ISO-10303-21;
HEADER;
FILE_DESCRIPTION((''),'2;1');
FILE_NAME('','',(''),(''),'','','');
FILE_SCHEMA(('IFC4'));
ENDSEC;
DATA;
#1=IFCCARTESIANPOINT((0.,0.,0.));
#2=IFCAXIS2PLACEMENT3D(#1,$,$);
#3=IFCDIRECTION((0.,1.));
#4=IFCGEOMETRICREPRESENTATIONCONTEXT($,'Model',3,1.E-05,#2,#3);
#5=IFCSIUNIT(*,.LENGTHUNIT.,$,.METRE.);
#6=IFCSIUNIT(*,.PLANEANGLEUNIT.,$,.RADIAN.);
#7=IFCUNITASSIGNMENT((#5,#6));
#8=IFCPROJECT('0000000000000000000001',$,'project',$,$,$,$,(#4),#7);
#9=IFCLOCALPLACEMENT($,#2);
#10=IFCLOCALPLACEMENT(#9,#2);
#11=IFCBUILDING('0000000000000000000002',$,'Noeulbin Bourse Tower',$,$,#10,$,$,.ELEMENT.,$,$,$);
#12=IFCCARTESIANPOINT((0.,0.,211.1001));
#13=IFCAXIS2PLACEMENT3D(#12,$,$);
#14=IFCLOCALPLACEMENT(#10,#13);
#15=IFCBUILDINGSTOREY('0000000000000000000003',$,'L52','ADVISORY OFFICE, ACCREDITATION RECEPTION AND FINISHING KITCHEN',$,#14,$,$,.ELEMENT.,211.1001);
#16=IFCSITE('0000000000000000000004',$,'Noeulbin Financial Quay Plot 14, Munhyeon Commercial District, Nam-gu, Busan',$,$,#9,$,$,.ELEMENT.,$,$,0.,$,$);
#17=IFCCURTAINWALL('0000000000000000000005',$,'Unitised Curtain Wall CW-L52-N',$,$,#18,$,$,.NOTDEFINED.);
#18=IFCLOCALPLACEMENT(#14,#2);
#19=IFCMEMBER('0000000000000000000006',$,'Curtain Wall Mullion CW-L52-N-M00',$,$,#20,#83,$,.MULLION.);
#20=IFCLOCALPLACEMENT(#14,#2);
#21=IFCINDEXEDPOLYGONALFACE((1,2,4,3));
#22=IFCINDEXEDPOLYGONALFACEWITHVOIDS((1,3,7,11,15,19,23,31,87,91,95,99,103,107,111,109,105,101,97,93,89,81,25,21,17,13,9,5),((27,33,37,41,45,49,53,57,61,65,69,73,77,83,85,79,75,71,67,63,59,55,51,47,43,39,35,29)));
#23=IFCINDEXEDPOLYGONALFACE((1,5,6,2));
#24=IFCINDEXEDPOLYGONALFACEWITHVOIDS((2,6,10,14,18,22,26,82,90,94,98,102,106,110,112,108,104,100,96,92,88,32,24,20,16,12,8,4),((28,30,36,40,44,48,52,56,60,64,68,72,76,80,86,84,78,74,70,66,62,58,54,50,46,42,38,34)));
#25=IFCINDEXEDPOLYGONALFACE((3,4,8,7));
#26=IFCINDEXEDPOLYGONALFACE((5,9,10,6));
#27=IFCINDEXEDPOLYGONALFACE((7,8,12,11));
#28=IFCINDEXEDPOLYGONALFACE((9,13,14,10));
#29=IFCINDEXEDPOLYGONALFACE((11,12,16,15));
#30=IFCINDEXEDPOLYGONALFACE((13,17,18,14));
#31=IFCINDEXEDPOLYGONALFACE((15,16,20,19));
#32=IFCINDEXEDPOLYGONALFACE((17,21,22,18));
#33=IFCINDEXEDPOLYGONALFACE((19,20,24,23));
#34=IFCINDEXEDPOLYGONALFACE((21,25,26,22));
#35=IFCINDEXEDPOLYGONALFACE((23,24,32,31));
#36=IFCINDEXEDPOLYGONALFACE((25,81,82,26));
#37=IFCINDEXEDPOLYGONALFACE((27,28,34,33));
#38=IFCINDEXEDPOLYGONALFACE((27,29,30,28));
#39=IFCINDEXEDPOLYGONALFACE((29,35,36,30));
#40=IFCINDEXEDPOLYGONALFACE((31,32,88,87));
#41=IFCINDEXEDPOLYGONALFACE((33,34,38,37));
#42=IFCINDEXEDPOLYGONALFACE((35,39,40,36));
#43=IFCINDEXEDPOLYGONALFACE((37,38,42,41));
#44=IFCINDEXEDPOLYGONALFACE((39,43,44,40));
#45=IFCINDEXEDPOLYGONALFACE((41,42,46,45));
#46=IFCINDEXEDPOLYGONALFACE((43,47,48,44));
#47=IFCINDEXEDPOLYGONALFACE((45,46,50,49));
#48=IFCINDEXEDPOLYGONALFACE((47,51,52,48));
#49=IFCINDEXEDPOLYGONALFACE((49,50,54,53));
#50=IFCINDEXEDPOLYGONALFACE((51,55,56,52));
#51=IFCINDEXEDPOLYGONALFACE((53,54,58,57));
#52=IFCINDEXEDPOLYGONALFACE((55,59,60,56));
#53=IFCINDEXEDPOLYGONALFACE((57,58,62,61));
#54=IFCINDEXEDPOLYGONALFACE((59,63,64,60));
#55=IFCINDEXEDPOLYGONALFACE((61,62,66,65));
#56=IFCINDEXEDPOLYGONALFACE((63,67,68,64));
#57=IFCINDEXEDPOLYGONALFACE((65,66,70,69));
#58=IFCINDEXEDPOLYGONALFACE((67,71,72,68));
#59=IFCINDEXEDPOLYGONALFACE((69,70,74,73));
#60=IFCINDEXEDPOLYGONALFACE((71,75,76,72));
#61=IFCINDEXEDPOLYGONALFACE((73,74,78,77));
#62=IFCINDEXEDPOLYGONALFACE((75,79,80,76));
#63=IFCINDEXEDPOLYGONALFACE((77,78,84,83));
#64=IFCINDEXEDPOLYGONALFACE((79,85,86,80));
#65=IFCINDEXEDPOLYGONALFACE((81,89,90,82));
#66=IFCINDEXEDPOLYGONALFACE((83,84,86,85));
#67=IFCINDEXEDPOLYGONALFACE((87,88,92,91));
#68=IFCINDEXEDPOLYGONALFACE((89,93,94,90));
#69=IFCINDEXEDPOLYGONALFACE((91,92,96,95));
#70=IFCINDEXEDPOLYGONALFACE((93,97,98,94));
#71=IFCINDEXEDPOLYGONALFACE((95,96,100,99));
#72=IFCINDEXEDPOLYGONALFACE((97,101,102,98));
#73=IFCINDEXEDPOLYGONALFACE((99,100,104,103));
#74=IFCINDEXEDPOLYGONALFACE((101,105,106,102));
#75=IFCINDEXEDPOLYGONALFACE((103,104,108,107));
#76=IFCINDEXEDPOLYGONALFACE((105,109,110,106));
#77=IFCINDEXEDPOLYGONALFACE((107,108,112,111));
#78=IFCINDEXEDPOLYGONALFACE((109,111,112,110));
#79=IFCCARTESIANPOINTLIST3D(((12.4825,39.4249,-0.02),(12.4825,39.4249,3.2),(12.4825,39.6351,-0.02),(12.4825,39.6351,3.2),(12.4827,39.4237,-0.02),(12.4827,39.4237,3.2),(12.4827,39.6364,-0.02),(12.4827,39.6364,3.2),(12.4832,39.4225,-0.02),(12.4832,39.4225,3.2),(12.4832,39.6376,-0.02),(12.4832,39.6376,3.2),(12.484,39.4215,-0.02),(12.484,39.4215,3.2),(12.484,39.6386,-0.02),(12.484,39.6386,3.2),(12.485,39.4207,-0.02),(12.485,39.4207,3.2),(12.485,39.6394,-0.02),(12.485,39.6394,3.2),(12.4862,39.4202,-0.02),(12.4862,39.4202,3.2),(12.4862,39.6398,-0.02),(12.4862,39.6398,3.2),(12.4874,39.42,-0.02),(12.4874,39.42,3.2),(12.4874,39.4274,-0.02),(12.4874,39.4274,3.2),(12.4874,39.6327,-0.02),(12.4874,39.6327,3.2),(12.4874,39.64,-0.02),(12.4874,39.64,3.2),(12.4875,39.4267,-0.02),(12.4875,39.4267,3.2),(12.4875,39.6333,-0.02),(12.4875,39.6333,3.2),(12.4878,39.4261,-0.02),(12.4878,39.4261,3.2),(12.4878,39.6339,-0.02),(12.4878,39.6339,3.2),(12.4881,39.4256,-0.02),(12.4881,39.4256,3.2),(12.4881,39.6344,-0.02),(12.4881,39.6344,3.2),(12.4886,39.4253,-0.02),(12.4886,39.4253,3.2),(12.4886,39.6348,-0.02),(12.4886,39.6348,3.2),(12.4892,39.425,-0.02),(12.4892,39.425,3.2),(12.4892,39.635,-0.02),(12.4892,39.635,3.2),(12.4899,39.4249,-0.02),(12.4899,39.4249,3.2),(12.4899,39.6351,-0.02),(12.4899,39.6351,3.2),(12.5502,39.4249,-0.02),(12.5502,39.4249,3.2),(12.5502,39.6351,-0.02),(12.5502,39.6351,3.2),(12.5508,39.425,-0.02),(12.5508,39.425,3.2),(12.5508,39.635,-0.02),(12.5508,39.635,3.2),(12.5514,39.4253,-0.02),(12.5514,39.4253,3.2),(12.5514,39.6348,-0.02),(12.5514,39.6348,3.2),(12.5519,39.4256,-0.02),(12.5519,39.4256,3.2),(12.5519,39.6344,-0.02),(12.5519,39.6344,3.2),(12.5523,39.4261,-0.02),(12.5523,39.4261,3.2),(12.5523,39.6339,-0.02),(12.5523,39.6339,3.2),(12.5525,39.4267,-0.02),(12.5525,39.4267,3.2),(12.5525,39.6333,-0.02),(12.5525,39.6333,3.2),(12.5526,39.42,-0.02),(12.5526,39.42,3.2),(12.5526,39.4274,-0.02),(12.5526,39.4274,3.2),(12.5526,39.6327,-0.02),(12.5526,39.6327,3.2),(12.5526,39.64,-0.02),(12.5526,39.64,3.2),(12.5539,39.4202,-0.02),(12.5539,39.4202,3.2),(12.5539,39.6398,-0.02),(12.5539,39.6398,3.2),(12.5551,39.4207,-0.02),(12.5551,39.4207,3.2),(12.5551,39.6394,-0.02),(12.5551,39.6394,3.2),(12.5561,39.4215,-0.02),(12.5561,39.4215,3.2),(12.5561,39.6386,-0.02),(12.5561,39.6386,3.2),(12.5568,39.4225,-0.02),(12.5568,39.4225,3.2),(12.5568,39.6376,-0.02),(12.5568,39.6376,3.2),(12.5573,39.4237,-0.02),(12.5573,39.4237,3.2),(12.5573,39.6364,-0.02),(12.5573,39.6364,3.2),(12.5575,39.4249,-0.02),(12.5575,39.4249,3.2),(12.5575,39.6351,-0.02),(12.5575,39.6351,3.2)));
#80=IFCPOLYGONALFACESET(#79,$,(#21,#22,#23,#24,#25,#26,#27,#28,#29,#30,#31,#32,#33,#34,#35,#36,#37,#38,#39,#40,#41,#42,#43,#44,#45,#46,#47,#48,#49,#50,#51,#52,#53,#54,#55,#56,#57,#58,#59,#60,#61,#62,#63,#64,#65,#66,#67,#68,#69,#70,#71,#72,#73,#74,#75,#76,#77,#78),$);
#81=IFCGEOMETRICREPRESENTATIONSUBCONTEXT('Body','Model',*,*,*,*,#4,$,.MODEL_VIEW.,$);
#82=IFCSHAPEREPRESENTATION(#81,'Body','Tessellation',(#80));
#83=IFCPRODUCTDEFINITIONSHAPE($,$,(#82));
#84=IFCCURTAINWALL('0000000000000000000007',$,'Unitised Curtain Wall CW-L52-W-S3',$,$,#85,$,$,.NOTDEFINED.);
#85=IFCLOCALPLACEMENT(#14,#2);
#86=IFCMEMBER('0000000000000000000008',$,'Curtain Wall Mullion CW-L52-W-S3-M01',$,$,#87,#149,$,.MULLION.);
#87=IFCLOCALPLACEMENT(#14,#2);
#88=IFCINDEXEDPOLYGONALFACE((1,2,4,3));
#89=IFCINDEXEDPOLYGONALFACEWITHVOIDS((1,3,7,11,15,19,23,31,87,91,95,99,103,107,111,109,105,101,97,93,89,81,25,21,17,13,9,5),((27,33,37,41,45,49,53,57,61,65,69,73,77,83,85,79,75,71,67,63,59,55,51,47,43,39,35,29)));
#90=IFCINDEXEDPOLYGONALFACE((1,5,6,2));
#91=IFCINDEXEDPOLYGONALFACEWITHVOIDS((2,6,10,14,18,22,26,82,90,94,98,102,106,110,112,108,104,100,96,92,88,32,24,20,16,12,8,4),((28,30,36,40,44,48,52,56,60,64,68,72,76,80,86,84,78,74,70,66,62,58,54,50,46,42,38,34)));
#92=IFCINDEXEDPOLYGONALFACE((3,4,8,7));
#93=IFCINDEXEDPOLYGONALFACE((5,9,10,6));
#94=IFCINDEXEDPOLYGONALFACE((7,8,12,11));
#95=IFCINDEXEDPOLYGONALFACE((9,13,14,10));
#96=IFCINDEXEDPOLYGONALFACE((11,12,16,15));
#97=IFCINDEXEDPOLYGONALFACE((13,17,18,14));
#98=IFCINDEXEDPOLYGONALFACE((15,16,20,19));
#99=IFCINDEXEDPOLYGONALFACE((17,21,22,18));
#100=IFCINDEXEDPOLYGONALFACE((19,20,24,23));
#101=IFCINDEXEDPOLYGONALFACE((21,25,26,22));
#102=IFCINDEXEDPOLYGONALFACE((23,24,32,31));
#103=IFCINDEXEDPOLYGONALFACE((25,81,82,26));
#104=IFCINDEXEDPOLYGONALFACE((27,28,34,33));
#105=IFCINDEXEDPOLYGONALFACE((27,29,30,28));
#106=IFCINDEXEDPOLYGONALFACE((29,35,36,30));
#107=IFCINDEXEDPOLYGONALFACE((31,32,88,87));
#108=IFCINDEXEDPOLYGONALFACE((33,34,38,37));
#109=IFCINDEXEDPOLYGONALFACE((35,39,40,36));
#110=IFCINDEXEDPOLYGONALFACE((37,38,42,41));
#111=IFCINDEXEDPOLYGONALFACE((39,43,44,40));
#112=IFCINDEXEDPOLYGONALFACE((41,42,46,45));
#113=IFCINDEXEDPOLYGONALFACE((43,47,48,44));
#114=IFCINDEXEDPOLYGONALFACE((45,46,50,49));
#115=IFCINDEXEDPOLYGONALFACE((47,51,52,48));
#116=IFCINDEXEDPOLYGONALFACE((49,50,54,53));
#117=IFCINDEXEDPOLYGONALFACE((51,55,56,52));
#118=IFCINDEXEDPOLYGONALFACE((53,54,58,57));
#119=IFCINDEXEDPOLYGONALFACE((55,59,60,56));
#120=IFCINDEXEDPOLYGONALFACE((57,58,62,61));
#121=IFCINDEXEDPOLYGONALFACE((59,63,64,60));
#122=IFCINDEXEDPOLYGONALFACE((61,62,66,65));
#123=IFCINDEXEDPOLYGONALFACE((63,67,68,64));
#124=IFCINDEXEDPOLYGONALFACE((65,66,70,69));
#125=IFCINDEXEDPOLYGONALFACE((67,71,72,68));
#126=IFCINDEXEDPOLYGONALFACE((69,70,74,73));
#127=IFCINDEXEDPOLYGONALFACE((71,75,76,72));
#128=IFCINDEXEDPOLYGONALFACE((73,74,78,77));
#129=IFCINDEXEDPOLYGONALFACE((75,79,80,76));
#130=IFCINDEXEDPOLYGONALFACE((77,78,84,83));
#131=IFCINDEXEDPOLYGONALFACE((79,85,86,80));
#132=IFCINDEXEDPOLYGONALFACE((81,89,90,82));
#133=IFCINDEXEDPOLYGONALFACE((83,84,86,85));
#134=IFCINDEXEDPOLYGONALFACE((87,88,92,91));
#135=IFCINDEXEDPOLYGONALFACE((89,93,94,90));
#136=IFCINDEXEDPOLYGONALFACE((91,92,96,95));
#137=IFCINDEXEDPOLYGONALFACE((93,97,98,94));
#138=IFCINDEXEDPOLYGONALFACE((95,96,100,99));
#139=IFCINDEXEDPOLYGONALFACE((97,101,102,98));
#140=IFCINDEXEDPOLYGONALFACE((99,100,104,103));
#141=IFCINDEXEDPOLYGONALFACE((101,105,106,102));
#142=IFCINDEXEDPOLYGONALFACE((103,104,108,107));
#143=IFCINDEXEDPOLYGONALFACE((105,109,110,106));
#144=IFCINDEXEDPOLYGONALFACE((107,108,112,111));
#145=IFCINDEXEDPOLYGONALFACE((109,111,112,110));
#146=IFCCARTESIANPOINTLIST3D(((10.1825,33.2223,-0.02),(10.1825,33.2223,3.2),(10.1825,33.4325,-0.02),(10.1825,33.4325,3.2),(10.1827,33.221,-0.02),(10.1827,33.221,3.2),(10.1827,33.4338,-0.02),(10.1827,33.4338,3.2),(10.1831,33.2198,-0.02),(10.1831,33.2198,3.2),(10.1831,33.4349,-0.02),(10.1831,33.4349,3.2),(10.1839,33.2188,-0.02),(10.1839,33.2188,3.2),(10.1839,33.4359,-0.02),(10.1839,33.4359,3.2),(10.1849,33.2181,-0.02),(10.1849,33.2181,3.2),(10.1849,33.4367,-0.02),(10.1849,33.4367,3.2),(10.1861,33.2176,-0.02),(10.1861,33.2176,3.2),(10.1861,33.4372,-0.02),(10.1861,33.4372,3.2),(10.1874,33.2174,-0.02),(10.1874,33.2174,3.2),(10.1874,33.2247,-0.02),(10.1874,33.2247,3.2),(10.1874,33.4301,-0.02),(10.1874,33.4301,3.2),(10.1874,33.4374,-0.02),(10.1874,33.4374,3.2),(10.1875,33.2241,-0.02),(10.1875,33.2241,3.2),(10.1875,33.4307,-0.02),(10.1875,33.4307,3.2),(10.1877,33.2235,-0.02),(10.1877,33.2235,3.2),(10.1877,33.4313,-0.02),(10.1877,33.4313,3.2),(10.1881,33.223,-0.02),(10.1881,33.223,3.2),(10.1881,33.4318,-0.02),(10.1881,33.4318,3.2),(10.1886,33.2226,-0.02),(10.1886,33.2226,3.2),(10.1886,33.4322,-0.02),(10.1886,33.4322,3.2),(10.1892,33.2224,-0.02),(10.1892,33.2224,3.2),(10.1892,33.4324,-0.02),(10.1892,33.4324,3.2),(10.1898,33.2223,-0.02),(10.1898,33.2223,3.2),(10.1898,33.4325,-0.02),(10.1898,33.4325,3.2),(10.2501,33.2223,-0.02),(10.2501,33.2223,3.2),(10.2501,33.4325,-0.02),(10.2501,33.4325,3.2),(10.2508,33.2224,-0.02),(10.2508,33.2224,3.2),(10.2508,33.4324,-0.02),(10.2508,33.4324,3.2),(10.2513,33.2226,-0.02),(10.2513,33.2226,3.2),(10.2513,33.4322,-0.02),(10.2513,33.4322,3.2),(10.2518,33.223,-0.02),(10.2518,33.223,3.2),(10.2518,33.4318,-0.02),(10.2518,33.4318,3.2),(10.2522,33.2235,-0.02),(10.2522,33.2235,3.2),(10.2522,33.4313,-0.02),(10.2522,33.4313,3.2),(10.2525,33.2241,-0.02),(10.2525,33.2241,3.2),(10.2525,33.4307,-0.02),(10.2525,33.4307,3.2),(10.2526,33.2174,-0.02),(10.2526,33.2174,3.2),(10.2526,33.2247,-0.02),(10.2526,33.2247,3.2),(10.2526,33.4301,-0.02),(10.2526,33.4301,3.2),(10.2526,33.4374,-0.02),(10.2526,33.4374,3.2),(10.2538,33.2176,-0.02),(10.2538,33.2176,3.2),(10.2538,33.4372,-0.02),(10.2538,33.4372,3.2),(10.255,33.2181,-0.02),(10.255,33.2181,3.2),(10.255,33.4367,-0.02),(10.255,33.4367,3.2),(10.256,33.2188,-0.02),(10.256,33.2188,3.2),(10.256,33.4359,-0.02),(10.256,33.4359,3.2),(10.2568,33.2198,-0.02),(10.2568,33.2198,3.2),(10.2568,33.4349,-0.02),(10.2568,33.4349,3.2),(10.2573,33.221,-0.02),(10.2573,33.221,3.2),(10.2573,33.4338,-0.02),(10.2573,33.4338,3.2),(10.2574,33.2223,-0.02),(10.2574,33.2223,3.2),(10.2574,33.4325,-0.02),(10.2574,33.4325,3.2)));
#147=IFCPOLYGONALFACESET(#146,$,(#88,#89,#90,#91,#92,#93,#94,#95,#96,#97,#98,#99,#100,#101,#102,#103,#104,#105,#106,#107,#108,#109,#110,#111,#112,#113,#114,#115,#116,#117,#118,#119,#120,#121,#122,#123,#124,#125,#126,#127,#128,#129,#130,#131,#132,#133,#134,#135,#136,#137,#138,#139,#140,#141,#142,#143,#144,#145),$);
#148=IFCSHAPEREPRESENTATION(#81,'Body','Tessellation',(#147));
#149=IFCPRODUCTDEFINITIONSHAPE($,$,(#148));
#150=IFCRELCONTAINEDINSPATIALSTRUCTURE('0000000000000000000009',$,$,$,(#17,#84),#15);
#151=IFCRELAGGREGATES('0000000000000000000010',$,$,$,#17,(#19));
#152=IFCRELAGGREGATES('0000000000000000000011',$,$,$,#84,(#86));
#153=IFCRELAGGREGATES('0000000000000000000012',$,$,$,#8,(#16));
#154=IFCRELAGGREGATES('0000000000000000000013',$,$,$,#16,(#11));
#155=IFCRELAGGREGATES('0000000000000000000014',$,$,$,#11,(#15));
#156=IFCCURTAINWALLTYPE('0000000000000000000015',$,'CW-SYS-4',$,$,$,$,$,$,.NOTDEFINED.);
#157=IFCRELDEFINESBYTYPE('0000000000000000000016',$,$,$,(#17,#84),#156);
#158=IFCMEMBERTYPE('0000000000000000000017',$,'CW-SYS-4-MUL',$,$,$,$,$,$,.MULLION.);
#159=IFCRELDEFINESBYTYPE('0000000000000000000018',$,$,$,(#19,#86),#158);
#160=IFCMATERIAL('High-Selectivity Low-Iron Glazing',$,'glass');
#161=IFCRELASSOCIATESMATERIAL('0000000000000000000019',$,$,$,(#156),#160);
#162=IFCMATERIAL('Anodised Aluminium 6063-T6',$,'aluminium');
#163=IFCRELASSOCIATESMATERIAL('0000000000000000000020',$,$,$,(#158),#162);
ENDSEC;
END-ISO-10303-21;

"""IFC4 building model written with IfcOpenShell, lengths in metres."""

from ifc_helpers import new_model, si_unit, direction, frame, origin, origin_2d, place, context, subcontext, project, spatial, hollow_rectangle, extrude, material, material_profile, profile_set, type_object, element, aggregate, save


model = new_model("IFC4")

# Units and contexts
model_context = context("Model", 3, precision=1e-05, world=origin(), true_north=direction((0.0, 1.0)))
body_context = subcontext(model_context, "Body", "Model", "MODEL_VIEW")
ifc_project = project(units=[si_unit("LENGTHUNIT", "METRE"), si_unit("PLANEANGLEUNIT", "RADIAN")], contexts=[model_context])

# Site, building, storey
site_placement = place(None, origin())
site = spatial("IfcSite", under=ifc_project, at=site_placement, Name="Noeulbin Financial Quay Plot 14, Munhyeon Commercial District, Nam-gu, Busan", CompositionType="ELEMENT", RefElevation=0.0)
building_placement = place(site_placement, origin())
building = spatial("IfcBuilding", under=site, at=building_placement, Name="Noeulbin Bourse Tower", CompositionType="ELEMENT")
storey_placement = place(building_placement, frame((0.0, 0.0, 211.1001)))
storey = spatial("IfcBuildingStorey", under=building, at=storey_placement, Name="L52", Description="ADVISORY OFFICE, ACCREDITATION RECEPTION AND FINISHING KITCHEN", CompositionType="ELEMENT", Elevation=211.1001)

# Curtain wall, member
ifc_material_1 = material(Name="High-Selectivity Low-Iron Glazing", Category="glass")
curtain_wall_type = type_object("IfcCurtainWallType", Name="CW-SYS-4", PredefinedType="NOTDEFINED", material=ifc_material_1)
curtain_wall_1_placement = place(storey_placement, origin())
curtain_wall_1 = element("IfcCurtainWall", 1, at=curtain_wall_1_placement, inside=storey, type_object=curtain_wall_type, Name="Unitised Curtain Wall CW-L52-N", PredefinedType="NOTDEFINED")
ifc_material_2 = material(Name="Anodised Aluminium 6063-T6", Category="aluminium")
ifc_material_profile_1 = material_profile(ifc_material_2, hollow_rectangle(XDim=0.075, YDim=0.22, WallThickness=0.0049, InnerFilletRadius=0.0024, OuterFilletRadius=0.0049, at=origin_2d()), Name="ALU-MULL-75x220x5", Category="LoadBearing")
ifc_profile_set_1 = profile_set([ifc_material_profile_1], Name="Anodised Aluminium 6063-T6")
member_type_1 = type_object("IfcMemberType", Name="CW-SYS-4-MUL", PredefinedType="MULLION", material=ifc_profile_set_1)
member_1_placement = place(storey_placement, frame((12.52, 39.53, -0.02), z_axis=(0.0, 0.0, 1.0), x_axis=(1.0, 0.0, 0.0)))
member_1 = element("IfcMember", 2, at=member_1_placement, type_object=member_type_1, Name="Curtain Wall Mullion CW-L52-N-M00", PredefinedType="MULLION", context=body_context, shape_type="SweptSolid", body=[
    extrude(hollow_rectangle(XDim=0.075, YDim=0.22, WallThickness=0.0049, InnerFilletRadius=0.0024, OuterFilletRadius=0.0049, at=origin_2d()), origin(), (0.0, 0.0, 1.0), 3.22),
])

# Curtain wall, member
curtain_wall_2_placement = place(storey_placement, origin())
curtain_wall_2 = element("IfcCurtainWall", 3, at=curtain_wall_2_placement, inside=storey, type_object=curtain_wall_type, Name="Unitised Curtain Wall CW-L52-W-S3", PredefinedType="NOTDEFINED")
member_2_placement = place(storey_placement, frame((10.22, 33.3274, -0.02), z_axis=(0.0, 0.0, 1.0), x_axis=(1.0, 0.0, 0.0)))
member_2 = element("IfcMember", 4, at=member_2_placement, type_object=member_type_1, Name="Curtain Wall Mullion CW-L52-W-S3-M01", PredefinedType="MULLION", context=body_context, shape_type="SweptSolid", body=[
    extrude(hollow_rectangle(XDim=0.075, YDim=0.22, WallThickness=0.0049, InnerFilletRadius=0.0024, OuterFilletRadius=0.0049, at=origin_2d()), origin(), (0.0, 0.0, 1.0), 3.22),
])

aggregate(curtain_wall_1, [member_1])
aggregate(curtain_wall_2, [member_2])

save(model, "model.ifc")
